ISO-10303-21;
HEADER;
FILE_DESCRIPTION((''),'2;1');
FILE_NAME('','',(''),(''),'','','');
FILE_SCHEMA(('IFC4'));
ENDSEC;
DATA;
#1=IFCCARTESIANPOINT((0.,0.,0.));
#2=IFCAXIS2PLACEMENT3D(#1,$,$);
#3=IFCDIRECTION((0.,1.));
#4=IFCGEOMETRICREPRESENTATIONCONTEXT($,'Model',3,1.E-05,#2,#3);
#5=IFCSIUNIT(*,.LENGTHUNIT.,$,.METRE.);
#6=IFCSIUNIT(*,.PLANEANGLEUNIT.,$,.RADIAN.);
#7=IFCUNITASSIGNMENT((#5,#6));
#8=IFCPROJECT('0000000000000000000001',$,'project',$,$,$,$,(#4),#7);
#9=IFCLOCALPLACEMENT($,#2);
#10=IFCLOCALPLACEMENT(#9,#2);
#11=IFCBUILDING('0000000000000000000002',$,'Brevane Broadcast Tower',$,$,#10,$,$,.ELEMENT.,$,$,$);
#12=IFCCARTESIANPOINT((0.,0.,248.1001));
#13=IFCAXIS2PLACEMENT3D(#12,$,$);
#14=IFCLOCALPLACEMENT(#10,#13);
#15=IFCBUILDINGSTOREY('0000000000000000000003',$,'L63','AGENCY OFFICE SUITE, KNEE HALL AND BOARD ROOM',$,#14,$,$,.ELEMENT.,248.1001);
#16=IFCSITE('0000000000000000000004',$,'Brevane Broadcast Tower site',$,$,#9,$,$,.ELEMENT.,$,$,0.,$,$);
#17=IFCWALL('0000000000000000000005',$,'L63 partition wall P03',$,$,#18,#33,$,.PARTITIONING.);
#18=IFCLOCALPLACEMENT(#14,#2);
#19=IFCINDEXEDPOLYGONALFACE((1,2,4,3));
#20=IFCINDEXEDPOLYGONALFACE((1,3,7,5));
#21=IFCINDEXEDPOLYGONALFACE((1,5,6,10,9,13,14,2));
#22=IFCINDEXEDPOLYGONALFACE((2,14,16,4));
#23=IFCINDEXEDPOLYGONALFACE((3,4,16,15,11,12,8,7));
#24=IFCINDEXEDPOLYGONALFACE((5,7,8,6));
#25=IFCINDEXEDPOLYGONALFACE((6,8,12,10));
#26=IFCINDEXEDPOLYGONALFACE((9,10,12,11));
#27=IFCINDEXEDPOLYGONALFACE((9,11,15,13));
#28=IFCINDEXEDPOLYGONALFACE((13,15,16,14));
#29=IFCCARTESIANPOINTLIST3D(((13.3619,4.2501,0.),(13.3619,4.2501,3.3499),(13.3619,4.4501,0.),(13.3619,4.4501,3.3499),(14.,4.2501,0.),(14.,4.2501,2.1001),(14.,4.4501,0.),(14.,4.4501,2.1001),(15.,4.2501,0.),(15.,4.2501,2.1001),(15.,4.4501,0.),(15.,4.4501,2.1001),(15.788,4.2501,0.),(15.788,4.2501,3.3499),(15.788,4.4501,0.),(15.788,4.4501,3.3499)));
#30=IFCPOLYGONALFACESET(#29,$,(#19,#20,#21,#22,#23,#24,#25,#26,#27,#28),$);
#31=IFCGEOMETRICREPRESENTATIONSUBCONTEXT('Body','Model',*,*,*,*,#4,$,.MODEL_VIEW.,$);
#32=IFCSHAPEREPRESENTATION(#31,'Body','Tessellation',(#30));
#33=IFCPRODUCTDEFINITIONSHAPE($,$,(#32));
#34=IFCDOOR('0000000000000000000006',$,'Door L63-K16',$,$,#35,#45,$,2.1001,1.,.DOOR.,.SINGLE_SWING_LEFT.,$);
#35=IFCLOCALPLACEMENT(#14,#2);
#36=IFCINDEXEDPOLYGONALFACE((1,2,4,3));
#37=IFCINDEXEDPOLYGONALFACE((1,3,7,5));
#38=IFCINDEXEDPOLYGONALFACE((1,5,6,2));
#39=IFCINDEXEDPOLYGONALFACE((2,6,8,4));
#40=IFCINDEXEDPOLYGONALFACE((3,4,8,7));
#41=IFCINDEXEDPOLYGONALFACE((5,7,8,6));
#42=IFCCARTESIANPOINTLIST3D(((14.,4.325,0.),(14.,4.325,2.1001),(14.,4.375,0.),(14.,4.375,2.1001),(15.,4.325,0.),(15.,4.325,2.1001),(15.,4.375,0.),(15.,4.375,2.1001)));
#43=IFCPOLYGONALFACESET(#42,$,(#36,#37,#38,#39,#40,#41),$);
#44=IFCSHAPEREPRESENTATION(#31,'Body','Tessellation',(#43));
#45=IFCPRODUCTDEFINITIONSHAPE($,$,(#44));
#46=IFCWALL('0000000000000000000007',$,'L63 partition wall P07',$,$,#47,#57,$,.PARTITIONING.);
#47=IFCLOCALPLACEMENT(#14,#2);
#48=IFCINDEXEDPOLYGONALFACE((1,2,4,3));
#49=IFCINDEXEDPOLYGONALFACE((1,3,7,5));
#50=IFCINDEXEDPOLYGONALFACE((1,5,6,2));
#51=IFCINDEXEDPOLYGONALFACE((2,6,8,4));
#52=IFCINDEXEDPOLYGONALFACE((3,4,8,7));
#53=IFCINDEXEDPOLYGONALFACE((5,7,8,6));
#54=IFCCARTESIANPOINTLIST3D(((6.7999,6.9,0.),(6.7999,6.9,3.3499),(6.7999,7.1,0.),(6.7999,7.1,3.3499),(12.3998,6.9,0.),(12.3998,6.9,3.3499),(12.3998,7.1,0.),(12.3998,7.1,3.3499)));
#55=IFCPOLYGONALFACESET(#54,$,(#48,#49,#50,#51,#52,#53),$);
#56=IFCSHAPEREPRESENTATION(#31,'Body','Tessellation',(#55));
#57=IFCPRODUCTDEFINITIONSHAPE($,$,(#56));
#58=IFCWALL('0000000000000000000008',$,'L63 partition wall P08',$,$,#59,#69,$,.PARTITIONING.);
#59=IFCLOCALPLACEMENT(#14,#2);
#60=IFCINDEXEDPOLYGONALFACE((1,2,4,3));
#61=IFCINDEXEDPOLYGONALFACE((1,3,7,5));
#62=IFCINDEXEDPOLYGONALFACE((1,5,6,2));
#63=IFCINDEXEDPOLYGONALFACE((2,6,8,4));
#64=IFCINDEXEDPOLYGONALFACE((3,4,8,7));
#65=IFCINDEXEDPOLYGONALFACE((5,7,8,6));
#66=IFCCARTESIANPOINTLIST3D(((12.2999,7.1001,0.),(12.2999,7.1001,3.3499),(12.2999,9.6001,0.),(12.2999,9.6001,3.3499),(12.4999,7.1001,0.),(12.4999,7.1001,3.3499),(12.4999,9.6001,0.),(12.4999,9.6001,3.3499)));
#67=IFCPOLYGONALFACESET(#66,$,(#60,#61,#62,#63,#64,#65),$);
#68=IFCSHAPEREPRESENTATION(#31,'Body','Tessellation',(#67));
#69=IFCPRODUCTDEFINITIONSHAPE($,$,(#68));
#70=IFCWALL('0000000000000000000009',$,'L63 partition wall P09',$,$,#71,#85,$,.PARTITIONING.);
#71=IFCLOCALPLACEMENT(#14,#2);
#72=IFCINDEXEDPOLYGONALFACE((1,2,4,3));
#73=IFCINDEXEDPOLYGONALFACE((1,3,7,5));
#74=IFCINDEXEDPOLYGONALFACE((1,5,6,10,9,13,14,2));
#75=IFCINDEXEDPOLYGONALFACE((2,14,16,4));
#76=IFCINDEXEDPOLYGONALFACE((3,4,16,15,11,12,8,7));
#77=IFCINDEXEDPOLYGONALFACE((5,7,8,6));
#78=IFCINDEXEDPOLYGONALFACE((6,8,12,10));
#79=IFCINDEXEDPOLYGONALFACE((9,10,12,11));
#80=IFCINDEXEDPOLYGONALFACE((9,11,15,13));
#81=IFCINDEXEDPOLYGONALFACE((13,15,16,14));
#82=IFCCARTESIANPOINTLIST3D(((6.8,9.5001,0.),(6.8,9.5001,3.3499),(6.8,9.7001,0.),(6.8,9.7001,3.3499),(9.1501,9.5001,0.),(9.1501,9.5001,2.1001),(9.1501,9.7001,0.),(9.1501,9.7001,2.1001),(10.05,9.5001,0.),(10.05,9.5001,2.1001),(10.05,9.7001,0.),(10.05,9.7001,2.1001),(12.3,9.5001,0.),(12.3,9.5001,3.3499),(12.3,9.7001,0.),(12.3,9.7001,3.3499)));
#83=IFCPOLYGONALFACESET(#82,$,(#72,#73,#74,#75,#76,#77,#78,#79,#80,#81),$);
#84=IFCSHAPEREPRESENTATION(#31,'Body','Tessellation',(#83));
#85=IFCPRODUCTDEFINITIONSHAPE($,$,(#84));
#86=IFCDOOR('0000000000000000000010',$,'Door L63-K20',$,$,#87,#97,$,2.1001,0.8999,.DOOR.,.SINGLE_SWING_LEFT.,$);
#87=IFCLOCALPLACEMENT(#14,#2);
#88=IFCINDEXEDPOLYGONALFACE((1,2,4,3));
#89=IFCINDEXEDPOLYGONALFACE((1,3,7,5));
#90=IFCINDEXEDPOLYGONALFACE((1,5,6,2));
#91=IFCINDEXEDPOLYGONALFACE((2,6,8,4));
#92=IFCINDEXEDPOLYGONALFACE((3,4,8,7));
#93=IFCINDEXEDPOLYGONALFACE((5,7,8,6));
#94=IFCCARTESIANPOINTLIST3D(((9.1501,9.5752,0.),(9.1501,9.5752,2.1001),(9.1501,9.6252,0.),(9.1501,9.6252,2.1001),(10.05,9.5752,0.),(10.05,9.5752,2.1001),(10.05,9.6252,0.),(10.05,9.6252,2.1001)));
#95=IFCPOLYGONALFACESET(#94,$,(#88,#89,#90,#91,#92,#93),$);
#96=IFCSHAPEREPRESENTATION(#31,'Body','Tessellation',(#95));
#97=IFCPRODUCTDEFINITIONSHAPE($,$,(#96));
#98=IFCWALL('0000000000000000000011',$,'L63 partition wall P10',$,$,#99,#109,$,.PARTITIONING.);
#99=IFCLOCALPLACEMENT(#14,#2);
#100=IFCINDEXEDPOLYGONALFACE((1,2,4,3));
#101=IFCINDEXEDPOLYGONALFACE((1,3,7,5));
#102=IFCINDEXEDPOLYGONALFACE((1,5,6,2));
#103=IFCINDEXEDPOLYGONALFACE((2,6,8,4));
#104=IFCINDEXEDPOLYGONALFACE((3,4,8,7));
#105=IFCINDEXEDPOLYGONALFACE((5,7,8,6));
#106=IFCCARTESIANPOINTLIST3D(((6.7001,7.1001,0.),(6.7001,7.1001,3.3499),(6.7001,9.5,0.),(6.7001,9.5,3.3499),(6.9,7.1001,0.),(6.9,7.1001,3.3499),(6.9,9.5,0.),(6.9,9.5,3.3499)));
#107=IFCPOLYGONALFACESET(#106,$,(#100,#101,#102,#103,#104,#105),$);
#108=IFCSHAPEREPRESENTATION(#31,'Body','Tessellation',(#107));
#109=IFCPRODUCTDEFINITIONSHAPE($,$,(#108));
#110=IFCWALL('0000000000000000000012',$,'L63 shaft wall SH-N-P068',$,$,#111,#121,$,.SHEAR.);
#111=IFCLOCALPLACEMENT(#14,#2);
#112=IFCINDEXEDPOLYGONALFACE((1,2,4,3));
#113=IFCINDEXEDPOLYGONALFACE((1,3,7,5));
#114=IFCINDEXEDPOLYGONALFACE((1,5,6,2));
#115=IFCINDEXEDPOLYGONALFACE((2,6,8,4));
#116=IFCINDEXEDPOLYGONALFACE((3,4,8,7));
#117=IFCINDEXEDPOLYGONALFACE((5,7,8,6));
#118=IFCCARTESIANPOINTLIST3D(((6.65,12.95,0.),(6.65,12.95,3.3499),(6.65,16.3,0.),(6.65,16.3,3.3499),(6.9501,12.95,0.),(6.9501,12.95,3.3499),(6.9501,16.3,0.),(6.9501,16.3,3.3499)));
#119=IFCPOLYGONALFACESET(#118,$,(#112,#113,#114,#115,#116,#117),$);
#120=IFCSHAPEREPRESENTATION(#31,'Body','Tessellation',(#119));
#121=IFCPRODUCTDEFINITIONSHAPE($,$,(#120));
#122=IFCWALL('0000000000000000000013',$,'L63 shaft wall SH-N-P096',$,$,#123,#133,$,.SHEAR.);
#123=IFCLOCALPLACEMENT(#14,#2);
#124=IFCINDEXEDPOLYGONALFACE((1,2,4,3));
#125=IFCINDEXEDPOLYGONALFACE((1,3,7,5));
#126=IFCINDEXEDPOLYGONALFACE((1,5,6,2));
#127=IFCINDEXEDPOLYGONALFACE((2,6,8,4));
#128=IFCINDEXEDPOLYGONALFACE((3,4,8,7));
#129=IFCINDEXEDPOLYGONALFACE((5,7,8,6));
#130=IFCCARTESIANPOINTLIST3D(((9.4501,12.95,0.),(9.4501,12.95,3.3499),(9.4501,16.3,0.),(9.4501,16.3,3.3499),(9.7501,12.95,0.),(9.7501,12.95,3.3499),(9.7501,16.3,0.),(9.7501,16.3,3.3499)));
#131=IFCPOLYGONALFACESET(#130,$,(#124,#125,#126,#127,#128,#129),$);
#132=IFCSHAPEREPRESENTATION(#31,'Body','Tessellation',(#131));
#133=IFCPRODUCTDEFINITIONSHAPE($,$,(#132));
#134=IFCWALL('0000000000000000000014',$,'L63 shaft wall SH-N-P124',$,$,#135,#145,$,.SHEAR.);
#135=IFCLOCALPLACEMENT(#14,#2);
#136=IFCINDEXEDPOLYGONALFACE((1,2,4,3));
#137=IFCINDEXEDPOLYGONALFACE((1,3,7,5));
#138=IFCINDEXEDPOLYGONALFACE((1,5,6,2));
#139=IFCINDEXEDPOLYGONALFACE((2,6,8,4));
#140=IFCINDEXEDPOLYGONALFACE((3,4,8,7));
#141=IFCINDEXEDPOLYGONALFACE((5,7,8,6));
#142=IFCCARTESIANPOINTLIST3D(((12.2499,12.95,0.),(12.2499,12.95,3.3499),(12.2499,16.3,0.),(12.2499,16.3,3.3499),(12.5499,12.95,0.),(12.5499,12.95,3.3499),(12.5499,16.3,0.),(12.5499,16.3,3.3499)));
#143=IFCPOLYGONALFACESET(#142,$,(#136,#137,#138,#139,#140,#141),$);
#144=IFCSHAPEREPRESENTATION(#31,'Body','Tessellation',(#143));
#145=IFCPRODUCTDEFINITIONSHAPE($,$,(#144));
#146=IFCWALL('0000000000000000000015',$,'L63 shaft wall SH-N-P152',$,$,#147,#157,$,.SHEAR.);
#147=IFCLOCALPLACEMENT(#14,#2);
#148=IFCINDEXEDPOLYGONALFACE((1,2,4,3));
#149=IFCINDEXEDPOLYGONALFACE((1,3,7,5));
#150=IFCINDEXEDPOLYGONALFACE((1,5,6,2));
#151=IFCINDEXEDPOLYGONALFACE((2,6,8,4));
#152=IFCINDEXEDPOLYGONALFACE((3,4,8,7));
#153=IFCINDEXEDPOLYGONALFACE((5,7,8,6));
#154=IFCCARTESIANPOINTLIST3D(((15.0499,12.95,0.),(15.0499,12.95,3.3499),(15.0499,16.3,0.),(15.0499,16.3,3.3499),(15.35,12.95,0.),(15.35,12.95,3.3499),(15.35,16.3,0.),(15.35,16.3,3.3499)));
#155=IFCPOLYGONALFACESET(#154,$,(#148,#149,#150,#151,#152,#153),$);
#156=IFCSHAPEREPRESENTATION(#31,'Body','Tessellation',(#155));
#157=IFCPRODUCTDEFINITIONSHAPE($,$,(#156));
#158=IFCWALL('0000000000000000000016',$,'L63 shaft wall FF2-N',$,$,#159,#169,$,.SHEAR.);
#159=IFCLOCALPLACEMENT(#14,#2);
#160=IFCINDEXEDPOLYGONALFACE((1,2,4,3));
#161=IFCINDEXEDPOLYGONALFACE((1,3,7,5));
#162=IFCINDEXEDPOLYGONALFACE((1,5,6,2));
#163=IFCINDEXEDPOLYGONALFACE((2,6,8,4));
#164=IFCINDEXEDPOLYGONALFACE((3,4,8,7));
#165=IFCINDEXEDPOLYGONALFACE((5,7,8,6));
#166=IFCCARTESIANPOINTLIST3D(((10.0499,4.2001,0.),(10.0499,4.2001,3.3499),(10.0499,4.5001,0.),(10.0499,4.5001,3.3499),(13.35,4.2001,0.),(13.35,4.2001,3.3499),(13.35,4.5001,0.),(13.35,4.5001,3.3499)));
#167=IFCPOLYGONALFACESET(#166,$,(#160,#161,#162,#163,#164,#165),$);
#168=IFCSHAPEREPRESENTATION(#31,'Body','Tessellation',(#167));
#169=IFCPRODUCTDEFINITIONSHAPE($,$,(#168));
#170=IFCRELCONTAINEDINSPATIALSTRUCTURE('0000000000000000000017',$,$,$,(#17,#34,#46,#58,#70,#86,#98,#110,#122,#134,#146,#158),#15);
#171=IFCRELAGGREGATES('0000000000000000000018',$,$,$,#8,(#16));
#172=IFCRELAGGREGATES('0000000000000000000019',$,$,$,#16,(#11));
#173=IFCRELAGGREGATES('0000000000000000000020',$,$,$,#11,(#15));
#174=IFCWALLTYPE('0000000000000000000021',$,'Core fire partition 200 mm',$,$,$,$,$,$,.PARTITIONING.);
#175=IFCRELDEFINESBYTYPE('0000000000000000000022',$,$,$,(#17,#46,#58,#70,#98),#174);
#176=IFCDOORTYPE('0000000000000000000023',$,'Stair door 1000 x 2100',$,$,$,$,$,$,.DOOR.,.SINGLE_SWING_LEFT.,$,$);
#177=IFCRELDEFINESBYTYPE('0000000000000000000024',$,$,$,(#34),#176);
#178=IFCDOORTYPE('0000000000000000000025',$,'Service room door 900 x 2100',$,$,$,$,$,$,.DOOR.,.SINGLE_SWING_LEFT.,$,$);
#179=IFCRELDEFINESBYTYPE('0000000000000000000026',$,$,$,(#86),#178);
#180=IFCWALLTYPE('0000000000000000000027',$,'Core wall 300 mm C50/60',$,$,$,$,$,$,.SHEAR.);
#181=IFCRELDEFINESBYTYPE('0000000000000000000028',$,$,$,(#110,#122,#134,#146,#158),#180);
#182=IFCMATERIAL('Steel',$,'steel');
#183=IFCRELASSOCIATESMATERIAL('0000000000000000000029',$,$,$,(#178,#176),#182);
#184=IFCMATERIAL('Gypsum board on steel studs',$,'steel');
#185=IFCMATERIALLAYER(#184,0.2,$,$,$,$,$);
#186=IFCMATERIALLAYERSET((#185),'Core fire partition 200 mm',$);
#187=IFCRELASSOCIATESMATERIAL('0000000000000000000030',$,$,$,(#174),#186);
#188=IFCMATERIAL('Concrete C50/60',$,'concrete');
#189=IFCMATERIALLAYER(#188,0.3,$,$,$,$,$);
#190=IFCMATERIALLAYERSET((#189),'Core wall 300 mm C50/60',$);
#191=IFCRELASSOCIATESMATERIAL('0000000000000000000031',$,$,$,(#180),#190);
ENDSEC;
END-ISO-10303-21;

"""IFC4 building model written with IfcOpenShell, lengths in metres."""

from ifc_helpers import new_model, si_unit, direction, frame, frame_2d, origin, place, context, subcontext, project, spatial, rectangle, extrude, material, layer, layer_set, type_object, element, fill, save


model = new_model("IFC4")

# Units and contexts
model_context = context("Model", 3, precision=1e-05, world=origin(), true_north=direction((0.0, 1.0)))
body_context = subcontext(model_context, "Body", "Model", "MODEL_VIEW")
ifc_project = project(units=[si_unit("LENGTHUNIT", "METRE"), si_unit("PLANEANGLEUNIT", "RADIAN")], contexts=[model_context])

# Site, building, storey
site_placement = place(None, origin())
site = spatial("IfcSite", under=ifc_project, at=site_placement, Name="Brevane Broadcast Tower site", CompositionType="ELEMENT", RefElevation=0.0)
building_placement = place(site_placement, origin())
building = spatial("IfcBuilding", under=site, at=building_placement, Name="Brevane Broadcast Tower", CompositionType="ELEMENT")
storey_placement = place(building_placement, frame((0.0, 0.0, 248.1001)))
storey = spatial("IfcBuildingStorey", under=building, at=storey_placement, Name="L63", Description="AGENCY OFFICE SUITE, KNEE HALL AND BOARD ROOM", CompositionType="ELEMENT", Elevation=248.1001)

# Shared definitions
ifc_material_1 = material(Name="Gypsum board on steel studs", Category="steel")

# Shared definitions
ifc_material_2 = material(Name="Steel", Category="steel")
door_type_1 = type_object("IfcDoorType", Name="Service room door 900 x 2100", OperationType="SINGLE_SWING_LEFT", PredefinedType="DOOR", material=ifc_material_2)

# Wall, opening, door
ifc_layer_1 = layer(ifc_material_1, 0.2)
ifc_layer_set_1 = layer_set([ifc_layer_1], Name="Core fire partition 200 mm")
wall_type_1 = type_object("IfcWallType", Name="Core fire partition 200 mm", PredefinedType="PARTITIONING", material=ifc_layer_set_1)
wall_1_placement = place(storey_placement, frame((13.3621, 4.3501, 0.0), z_axis=(0.0, 0.0, 1.0), x_axis=(1.0, 0.0, 0.0)))
wall_1 = element("IfcWall", 1, at=wall_1_placement, inside=storey, type_object=wall_type_1, Name="L63 partition wall P03", PredefinedType="PARTITIONING", context=body_context, shape_type="SweptSolid", body=[
    extrude(rectangle(XDim=2.426, YDim=0.2, at=frame_2d((1.2129, 0.0))), origin(), (0.0, 0.0, 1.0), 3.3499),
])
opening_1_placement = place(wall_1_placement, frame((0.6379, 0.0, 0.0)))
opening_1 = element("IfcOpeningElement", 2, at=opening_1_placement, cuts=wall_1, PredefinedType="OPENING", context=body_context, shape_type="SweptSolid", body=[
    extrude(rectangle(XDim=1.0, YDim=2.1001, at=frame_2d((0.5, 1.05))), frame((0.0, 0.1099, 0.0), z_axis=(0.0, -1.0, 0.0), x_axis=(1.0, 0.0, 0.0)), (0.0, 0.0, 1.0), 0.22),
])
door_type_2 = type_object("IfcDoorType", Name="Stair door 1000 x 2100", OperationType="SINGLE_SWING_LEFT", PredefinedType="DOOR", material=ifc_material_2)
door_1_placement = place(opening_1_placement, origin())
door_1 = element("IfcDoor", 3, at=door_1_placement, inside=storey, type_object=door_type_2, Name="Door L63-K16", OperationType="SINGLE_SWING_LEFT", OverallHeight=2.1001, OverallWidth=1.0, PredefinedType="DOOR", context=body_context, shape_type="SweptSolid", body=[
    extrude(rectangle(XDim=1.0, YDim=2.1001, at=frame_2d((0.5, 1.05))), frame((0.0, 0.0249, 0.0), z_axis=(0.0, -1.0, 0.0), x_axis=(1.0, 0.0, 0.0)), (0.0, 0.0, 1.0), 0.05),
])
fill(opening_1, door_1)

# Walls
wall_2_placement = place(storey_placement, frame((6.8, 7.0, 0.0), z_axis=(0.0, 0.0, 1.0), x_axis=(1.0, 0.0, 0.0)))
element("IfcWall", 4, at=wall_2_placement, inside=storey, type_object=wall_type_1, Name="L63 partition wall P07", PredefinedType="PARTITIONING", context=body_context, shape_type="SweptSolid", body=[
    extrude(rectangle(XDim=5.5999, YDim=0.2, at=frame_2d((2.7998, 0.0))), origin(), (0.0, 0.0, 1.0), 3.3499),
])
wall_3_placement = place(storey_placement, frame((12.3999, 7.1001, 0.0), z_axis=(0.0, 0.0, 1.0), x_axis=(0.0, 1.0, 0.0)))
element("IfcWall", 5, at=wall_3_placement, inside=storey, type_object=wall_type_1, Name="L63 partition wall P08", PredefinedType="PARTITIONING", context=body_context, shape_type="SweptSolid", body=[
    extrude(rectangle(XDim=2.5, YDim=0.2, at=frame_2d((1.25, 0.0))), origin(), (0.0, 0.0, 1.0), 3.3499),
])

# Wall, opening, door
wall_4_placement = place(storey_placement, frame((12.3, 9.6001, 0.0), z_axis=(0.0, 0.0, 1.0), x_axis=(-1.0, 0.0, 0.0)))
wall_4 = element("IfcWall", 6, at=wall_4_placement, inside=storey, type_object=wall_type_1, Name="L63 partition wall P09", PredefinedType="PARTITIONING", context=body_context, shape_type="SweptSolid", body=[
    extrude(rectangle(XDim=5.5, YDim=0.2, at=frame_2d((2.75, 0.0))), origin(), (0.0, 0.0, 1.0), 3.3499),
])
opening_2_placement = place(wall_4_placement, frame((2.25, 0.0, 0.0)))
opening_2 = element("IfcOpeningElement", 7, at=opening_2_placement, cuts=wall_4, PredefinedType="OPENING", context=body_context, shape_type="SweptSolid", body=[
    extrude(rectangle(XDim=0.8999, YDim=2.1001, at=frame_2d((0.45, 1.05))), frame((0.0, 0.1099, 0.0), z_axis=(0.0, -1.0, 0.0), x_axis=(1.0, 0.0, 0.0)), (0.0, 0.0, 1.0), 0.22),
])
door_2_placement = place(opening_2_placement, origin())
door_2 = element("IfcDoor", 8, at=door_2_placement, inside=storey, type_object=door_type_1, Name="Door L63-K20", OperationType="SINGLE_SWING_LEFT", OverallHeight=2.1001, OverallWidth=0.8999, PredefinedType="DOOR", context=body_context, shape_type="SweptSolid", body=[
    extrude(rectangle(XDim=0.8999, YDim=2.1001, at=frame_2d((0.45, 1.05))), frame((0.0, 0.0249, 0.0), z_axis=(0.0, -1.0, 0.0), x_axis=(1.0, 0.0, 0.0)), (0.0, 0.0, 1.0), 0.05),
])
fill(opening_2, door_2)

# Walls
wall_5_placement = place(storey_placement, frame((6.8, 9.5, 0.0), z_axis=(0.0, 0.0, 1.0), x_axis=(0.0, -1.0, 0.0)))
element("IfcWall", 9, at=wall_5_placement, inside=storey, type_object=wall_type_1, Name="L63 partition wall P10", PredefinedType="PARTITIONING", context=body_context, shape_type="SweptSolid", body=[
    extrude(rectangle(XDim=2.3999, YDim=0.2, at=frame_2d((1.2, 0.0))), origin(), (0.0, 0.0, 1.0), 3.3499),
])
ifc_material_3 = material(Name="Concrete C50/60", Category="concrete")
ifc_layer_2 = layer(ifc_material_3, 0.3)
ifc_layer_set_2 = layer_set([ifc_layer_2], Name="Core wall 300 mm C50/60")
wall_type_2 = type_object("IfcWallType", Name="Core wall 300 mm C50/60", PredefinedType="SHEAR", material=ifc_layer_set_2)
for number, where, z_axis, x_axis, name in (
    (10, (6.8, 12.95, 0.0), (0.0, 0.0, 1.0), (0.0, 1.0, 0.0), "L63 shaft wall SH-N-P068"),
    (11, (9.6001, 12.95, 0.0), (0.0, 0.0, 1.0), (0.0, 1.0, 0.0), "L63 shaft wall SH-N-P096"),
    (12, (12.3999, 12.95, 0.0), (0.0, 0.0, 1.0), (0.0, 1.0, 0.0), "L63 shaft wall SH-N-P124"),
    (13, (15.2, 12.95, 0.0), (0.0, 0.0, 1.0), (0.0, 1.0, 0.0), "L63 shaft wall SH-N-P152"),
):
    element("IfcWall", number, at=place(storey_placement, frame(where, z_axis=z_axis, x_axis=x_axis)), inside=storey, type_object=wall_type_2, Name=name, PredefinedType="SHEAR", context=body_context, shape_type="SweptSolid", body=[
        extrude(rectangle(XDim=3.3501, YDim=0.3, at=frame_2d((1.675, 0.0))), origin(), (0.0, 0.0, 1.0), 3.3499),
    ])
wall_6_placement = place(storey_placement, frame((10.05, 4.3501, 0.0), z_axis=(0.0, 0.0, 1.0), x_axis=(1.0, 0.0, 0.0)))
element("IfcWall", 14, at=wall_6_placement, inside=storey, type_object=wall_type_2, Name="L63 shaft wall FF2-N", PredefinedType="SHEAR", context=body_context, shape_type="SweptSolid", body=[
    extrude(rectangle(XDim=3.3, YDim=0.3, at=frame_2d((1.6499, 0.0))), origin(), (0.0, 0.0, 1.0), 3.3499),
])

save(model, "model.ifc")
